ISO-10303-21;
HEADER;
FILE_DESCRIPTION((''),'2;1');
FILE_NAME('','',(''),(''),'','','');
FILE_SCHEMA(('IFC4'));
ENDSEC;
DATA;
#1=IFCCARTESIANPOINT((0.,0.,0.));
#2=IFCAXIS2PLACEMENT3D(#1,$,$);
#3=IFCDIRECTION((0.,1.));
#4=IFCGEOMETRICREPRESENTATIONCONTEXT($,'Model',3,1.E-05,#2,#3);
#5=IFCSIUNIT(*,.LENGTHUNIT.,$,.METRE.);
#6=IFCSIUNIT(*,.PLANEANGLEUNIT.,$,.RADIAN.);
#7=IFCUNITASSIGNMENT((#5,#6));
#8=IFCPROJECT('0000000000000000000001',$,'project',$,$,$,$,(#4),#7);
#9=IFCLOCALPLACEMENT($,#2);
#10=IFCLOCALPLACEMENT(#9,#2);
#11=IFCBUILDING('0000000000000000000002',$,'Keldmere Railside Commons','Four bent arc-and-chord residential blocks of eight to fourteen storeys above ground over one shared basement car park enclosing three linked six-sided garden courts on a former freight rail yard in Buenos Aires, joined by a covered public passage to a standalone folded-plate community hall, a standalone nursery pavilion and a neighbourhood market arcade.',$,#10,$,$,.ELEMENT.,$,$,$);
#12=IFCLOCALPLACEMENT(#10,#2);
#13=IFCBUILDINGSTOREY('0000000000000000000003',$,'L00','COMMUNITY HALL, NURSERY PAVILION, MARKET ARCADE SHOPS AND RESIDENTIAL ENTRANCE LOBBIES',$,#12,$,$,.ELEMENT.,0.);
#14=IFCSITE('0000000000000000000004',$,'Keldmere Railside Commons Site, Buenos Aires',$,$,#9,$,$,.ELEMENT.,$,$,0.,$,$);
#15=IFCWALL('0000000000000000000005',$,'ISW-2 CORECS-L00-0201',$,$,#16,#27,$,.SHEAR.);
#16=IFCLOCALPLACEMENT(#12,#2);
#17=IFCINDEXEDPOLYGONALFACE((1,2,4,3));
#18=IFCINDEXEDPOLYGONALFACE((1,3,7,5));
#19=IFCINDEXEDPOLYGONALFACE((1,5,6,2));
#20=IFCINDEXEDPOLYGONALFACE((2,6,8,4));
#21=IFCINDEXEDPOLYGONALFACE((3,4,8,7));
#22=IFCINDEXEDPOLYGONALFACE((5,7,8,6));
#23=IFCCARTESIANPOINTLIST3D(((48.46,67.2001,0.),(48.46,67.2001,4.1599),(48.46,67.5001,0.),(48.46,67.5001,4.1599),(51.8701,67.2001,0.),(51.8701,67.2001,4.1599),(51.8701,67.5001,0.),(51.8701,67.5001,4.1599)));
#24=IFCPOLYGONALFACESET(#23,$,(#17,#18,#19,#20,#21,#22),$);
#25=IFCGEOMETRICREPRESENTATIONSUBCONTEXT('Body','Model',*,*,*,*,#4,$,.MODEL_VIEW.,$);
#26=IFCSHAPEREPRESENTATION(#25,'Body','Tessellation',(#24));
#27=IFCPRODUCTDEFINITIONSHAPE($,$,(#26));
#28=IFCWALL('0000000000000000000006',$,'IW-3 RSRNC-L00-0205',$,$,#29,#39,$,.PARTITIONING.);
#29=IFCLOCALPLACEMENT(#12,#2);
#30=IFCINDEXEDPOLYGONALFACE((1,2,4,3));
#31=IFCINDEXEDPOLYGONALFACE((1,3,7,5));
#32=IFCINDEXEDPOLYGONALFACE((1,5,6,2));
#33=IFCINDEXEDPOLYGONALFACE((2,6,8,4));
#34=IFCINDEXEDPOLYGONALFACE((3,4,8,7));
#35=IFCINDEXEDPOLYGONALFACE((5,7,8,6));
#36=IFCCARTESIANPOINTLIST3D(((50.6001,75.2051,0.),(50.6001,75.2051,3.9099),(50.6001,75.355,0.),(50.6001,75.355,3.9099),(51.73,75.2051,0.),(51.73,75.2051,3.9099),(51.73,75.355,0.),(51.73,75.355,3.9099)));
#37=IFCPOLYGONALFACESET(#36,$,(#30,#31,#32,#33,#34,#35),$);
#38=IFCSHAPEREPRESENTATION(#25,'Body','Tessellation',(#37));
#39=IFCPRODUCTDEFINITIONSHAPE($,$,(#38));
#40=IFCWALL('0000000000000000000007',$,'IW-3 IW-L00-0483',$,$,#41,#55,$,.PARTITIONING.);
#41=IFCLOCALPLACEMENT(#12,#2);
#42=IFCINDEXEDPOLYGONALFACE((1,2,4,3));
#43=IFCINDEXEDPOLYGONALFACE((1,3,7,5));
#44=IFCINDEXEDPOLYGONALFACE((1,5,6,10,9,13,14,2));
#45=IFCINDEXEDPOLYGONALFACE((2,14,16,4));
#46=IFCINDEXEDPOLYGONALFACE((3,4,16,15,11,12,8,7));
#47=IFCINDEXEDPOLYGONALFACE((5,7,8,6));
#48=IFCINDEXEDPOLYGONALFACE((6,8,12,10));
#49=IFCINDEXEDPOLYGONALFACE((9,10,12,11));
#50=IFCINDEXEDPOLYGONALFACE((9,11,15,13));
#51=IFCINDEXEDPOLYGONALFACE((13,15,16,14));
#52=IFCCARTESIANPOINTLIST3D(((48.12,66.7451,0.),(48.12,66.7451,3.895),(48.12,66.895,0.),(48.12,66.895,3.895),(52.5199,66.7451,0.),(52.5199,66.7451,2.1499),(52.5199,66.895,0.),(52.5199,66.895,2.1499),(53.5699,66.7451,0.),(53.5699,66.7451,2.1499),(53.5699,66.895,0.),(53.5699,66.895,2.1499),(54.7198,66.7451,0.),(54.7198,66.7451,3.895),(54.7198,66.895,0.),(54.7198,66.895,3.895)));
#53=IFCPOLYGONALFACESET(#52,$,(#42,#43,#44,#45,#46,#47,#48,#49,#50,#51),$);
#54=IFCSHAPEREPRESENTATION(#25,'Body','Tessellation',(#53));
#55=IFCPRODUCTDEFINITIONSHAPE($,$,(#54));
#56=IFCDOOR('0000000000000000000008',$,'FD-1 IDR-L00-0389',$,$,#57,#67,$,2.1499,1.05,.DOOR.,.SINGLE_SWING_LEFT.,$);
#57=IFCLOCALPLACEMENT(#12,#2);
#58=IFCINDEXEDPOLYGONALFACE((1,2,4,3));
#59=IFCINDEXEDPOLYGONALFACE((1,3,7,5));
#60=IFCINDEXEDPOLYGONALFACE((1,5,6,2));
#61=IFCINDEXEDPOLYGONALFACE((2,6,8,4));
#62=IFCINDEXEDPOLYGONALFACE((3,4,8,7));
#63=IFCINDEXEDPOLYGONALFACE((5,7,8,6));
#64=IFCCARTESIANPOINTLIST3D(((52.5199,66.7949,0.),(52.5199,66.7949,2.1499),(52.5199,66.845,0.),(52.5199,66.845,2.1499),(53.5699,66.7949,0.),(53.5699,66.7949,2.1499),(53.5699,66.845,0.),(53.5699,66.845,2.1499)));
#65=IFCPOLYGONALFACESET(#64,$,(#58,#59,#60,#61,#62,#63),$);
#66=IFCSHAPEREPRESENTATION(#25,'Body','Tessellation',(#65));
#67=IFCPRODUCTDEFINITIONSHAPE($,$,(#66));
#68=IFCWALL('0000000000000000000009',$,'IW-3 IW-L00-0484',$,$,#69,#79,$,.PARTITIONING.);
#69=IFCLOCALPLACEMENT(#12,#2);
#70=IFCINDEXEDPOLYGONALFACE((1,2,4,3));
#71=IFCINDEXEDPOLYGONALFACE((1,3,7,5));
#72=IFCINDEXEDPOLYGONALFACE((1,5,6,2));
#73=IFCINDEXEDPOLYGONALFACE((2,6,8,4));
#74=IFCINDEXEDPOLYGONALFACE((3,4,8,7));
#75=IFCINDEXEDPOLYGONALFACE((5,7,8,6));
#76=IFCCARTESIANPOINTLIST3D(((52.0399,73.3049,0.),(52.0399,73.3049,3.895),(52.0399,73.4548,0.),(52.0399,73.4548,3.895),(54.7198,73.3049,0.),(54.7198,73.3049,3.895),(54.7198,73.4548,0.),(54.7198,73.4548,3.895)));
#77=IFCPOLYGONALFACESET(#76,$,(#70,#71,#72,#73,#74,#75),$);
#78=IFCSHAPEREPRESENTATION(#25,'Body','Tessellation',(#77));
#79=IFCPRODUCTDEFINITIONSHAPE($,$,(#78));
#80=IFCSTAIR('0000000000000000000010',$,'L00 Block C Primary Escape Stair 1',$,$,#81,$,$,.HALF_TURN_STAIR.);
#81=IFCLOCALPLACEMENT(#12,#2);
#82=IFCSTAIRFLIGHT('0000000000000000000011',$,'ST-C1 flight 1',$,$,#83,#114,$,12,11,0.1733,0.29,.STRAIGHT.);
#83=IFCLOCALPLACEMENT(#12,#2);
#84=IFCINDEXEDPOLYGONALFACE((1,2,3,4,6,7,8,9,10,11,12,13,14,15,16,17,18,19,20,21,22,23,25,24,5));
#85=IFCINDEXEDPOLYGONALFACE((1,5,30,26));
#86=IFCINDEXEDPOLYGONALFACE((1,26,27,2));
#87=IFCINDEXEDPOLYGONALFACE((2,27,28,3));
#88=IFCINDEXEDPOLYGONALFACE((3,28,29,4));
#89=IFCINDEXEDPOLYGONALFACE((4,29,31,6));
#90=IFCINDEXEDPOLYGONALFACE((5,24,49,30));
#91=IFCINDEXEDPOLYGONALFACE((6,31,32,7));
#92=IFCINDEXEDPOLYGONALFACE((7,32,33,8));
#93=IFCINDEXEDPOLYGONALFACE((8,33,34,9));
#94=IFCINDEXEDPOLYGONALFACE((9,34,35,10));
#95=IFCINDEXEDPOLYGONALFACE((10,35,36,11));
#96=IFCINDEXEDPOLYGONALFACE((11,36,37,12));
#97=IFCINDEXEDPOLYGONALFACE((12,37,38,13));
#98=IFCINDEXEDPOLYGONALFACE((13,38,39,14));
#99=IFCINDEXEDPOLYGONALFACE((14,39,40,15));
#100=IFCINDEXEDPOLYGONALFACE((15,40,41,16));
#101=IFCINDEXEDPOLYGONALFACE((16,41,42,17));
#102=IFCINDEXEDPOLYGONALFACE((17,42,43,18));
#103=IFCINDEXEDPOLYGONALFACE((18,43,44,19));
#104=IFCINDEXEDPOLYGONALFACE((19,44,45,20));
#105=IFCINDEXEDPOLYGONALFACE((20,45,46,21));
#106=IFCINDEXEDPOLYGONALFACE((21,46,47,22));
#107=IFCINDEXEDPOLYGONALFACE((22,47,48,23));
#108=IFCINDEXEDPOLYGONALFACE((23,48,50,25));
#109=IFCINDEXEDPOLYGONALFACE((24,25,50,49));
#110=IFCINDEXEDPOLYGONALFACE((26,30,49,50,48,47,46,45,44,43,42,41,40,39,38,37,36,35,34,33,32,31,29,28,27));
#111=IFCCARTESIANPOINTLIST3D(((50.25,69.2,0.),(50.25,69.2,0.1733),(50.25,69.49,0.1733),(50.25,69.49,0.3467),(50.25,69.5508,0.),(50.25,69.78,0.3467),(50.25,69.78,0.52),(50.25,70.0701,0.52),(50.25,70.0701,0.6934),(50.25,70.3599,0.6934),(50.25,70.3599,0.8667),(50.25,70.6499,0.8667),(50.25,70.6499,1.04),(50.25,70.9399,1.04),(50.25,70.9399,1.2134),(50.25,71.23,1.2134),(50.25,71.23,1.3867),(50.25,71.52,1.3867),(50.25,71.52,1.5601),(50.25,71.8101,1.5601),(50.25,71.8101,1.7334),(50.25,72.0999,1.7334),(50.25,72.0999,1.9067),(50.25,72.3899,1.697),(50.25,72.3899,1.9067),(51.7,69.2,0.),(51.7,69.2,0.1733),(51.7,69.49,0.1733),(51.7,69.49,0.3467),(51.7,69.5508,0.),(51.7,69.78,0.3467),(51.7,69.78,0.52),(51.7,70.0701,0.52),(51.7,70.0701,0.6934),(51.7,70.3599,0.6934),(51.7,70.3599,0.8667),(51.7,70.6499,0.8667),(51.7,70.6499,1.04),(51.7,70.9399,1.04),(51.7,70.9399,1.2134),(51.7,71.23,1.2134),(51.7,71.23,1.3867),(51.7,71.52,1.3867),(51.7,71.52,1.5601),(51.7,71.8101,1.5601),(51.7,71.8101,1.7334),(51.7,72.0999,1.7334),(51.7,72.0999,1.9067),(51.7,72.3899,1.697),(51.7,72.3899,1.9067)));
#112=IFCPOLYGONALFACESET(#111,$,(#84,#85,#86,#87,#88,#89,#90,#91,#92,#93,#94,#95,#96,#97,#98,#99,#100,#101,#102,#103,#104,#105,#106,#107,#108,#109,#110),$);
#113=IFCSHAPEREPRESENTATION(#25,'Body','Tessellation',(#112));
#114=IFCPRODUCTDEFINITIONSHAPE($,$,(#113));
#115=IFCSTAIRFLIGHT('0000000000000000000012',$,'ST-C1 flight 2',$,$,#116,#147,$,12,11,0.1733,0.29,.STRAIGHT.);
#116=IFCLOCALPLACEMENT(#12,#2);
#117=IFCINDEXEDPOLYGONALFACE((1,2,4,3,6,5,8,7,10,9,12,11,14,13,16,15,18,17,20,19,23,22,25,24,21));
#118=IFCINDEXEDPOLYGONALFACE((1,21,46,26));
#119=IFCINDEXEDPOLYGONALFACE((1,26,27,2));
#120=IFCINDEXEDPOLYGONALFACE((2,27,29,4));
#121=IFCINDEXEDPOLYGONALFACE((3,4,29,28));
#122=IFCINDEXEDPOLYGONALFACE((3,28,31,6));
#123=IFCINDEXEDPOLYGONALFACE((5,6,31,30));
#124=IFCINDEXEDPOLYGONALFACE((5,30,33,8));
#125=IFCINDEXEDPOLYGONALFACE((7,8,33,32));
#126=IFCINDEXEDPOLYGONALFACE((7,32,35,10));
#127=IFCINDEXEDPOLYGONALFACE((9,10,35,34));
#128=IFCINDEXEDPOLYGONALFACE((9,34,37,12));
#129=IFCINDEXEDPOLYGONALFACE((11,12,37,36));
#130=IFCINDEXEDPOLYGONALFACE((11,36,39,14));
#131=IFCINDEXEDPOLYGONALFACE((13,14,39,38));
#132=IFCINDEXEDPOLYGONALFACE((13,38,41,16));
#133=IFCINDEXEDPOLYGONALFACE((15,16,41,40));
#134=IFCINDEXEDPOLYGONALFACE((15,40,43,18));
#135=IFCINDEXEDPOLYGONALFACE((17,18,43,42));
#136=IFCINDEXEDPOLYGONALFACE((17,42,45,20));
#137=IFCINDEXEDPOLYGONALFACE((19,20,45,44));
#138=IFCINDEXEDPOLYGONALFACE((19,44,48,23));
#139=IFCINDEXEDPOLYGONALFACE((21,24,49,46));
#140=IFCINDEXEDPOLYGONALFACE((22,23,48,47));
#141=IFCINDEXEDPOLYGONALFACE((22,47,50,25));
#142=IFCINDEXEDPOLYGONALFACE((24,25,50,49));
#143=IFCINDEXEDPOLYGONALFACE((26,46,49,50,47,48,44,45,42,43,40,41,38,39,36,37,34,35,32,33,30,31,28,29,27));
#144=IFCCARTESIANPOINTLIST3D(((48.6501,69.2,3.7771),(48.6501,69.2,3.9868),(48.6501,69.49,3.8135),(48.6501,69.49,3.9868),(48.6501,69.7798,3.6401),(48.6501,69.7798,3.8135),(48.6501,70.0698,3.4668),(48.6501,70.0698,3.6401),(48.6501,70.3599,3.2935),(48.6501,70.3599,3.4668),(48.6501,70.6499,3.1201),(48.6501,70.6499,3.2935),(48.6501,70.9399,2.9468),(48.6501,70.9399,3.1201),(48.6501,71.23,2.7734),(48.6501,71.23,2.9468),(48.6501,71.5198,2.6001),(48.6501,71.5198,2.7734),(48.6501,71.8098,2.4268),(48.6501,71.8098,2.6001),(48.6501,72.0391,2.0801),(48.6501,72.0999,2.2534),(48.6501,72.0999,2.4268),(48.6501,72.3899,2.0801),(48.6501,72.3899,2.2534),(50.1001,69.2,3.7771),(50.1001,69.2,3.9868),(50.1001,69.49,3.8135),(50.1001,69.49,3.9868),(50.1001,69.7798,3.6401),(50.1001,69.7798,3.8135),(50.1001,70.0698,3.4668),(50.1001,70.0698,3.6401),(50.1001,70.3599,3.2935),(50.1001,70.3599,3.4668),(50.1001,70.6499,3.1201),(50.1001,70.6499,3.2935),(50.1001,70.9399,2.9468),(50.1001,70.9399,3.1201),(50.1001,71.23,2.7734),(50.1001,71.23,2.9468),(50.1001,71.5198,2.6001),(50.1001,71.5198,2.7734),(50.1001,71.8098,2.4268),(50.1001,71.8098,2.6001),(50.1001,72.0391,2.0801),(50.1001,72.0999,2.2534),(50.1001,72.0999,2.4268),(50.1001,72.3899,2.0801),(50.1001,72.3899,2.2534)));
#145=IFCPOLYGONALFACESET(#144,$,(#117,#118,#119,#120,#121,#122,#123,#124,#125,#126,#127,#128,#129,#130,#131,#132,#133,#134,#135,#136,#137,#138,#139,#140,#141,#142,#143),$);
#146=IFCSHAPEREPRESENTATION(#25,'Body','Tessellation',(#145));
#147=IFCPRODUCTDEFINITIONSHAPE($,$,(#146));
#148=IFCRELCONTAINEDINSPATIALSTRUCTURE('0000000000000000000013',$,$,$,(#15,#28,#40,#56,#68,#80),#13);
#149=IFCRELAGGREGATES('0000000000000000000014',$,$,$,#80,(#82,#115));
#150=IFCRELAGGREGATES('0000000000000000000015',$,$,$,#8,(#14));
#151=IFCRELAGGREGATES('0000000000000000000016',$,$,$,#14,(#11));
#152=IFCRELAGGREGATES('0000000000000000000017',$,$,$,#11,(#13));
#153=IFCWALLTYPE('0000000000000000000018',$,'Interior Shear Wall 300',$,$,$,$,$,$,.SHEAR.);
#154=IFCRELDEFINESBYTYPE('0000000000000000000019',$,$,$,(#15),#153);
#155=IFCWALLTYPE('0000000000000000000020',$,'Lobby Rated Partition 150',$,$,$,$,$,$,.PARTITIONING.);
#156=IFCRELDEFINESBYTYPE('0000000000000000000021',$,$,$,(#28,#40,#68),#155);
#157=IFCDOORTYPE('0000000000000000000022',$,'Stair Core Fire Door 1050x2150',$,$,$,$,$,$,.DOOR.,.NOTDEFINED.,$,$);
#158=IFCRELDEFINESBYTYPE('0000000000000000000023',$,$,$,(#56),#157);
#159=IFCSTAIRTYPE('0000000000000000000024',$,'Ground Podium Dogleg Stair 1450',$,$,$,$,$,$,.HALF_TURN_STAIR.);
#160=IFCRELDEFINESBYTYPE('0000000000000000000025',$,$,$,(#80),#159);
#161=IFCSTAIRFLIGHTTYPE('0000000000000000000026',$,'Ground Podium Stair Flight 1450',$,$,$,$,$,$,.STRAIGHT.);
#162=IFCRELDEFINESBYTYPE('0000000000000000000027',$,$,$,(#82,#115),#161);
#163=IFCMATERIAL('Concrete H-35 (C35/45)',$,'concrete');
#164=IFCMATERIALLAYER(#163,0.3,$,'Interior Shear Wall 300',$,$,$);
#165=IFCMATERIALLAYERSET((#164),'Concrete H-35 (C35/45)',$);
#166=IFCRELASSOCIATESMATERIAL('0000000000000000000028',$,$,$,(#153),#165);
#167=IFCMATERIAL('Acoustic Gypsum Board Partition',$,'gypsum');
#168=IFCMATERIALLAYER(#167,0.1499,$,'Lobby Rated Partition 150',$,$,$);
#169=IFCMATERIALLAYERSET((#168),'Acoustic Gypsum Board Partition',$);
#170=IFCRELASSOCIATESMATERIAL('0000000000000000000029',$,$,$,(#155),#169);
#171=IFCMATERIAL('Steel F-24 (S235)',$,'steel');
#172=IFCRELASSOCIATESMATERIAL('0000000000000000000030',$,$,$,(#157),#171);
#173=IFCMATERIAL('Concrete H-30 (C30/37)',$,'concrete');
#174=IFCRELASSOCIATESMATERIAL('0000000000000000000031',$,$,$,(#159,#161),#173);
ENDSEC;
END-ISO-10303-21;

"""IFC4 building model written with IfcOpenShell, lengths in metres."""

from ifc_helpers import new_model, si_unit, direction, frame, frame_2d, origin, place, context, subcontext, project, spatial, polyline, rectangle, outline, extrude, material, layer, layer_set, type_object, element, fill, aggregate, save


model = new_model("IFC4")

# Units and contexts
model_context = context("Model", 3, precision=1e-05, world=origin(), true_north=direction((0.0, 1.0)))
body_context = subcontext(model_context, "Body", "Model", "MODEL_VIEW")
ifc_project = project(units=[si_unit("LENGTHUNIT", "METRE"), si_unit("PLANEANGLEUNIT", "RADIAN")], contexts=[model_context])

# Site, building, storey
site_placement = place(None, origin())
site = spatial("IfcSite", under=ifc_project, at=site_placement, Name="Keldmere Railside Commons Site, Buenos Aires", CompositionType="ELEMENT", RefElevation=0.0)
building_placement = place(site_placement, origin())
building = spatial("IfcBuilding", under=site, at=building_placement, Name="Keldmere Railside Commons", Description="Four bent arc-and-chord residential blocks of eight to fourteen storeys above ground over one shared basement car park enclosing three linked six-sided garden courts on a former freight rail yard in Buenos Aires, joined by a covered public passage to a standalone folded-plate community hall, a standalone nursery pavilion and a neighbourhood market arcade.", CompositionType="ELEMENT")
storey_placement = place(building_placement, origin())
storey = spatial("IfcBuildingStorey", under=building, at=storey_placement, Name="L00", Description="COMMUNITY HALL, NURSERY PAVILION, MARKET ARCADE SHOPS AND RESIDENTIAL ENTRANCE LOBBIES", CompositionType="ELEMENT", Elevation=0.0)

# Shared definitions
ifc_material_1 = material(Name="Concrete H-35 (C35/45)", Category="concrete")

# Shared definitions
ifc_material_2 = material(Name="Steel F-24 (S235)", Category="steel")

# Walls
ifc_layer_1 = layer(ifc_material_1, 0.3, Name="Interior Shear Wall 300")
ifc_layer_set_1 = layer_set([ifc_layer_1], Name="Concrete H-35 (C35/45)")
wall_type_1 = type_object("IfcWallType", Name="Interior Shear Wall 300", PredefinedType="SHEAR", material=ifc_layer_set_1)
wall_1_placement = place(storey_placement, frame((51.8701, 67.3501, 0.0), z_axis=(0.0, 0.0, 1.0), x_axis=(-1.0, 0.0, 0.0)))
element("IfcWall", 1, at=wall_1_placement, inside=storey, type_object=wall_type_1, Name="ISW-2 CORECS-L00-0201", PredefinedType="SHEAR", context=body_context, shape_type="SweptSolid", body=[
    extrude(rectangle(XDim=3.4102, YDim=0.3, at=frame_2d((1.7051, 0.0))), origin(), (0.0, 0.0, 1.0), 4.1599),
])
ifc_material_3 = material(Name="Acoustic Gypsum Board Partition", Category="gypsum")
ifc_layer_2 = layer(ifc_material_3, 0.1499, Name="Lobby Rated Partition 150")
ifc_layer_set_2 = layer_set([ifc_layer_2], Name="Acoustic Gypsum Board Partition")
wall_type_2 = type_object("IfcWallType", Name="Lobby Rated Partition 150", PredefinedType="PARTITIONING", material=ifc_layer_set_2)
wall_2_placement = place(storey_placement, frame((50.6001, 75.28, 0.0), z_axis=(0.0, 0.0, 1.0), x_axis=(1.0, 0.0, 0.0)))
element("IfcWall", 2, at=wall_2_placement, inside=storey, type_object=wall_type_2, Name="IW-3 RSRNC-L00-0205", PredefinedType="PARTITIONING", context=body_context, shape_type="SweptSolid", body=[
    extrude(rectangle(XDim=1.1299, YDim=0.1499, at=frame_2d((0.5649, 0.0))), origin(), (0.0, 0.0, 1.0), 3.9099),
])

# Wall, opening, door
wall_3_placement = place(storey_placement, frame((48.1201, 66.8201, 0.0), z_axis=(0.0, 0.0, 1.0), x_axis=(1.0, 0.0, 0.0)))
wall_3 = element("IfcWall", 3, at=wall_3_placement, inside=storey, type_object=wall_type_2, Name="IW-3 IW-L00-0483", PredefinedType="PARTITIONING", context=body_context, shape_type="SweptSolid", body=[
    extrude(rectangle(XDim=6.5999, YDim=0.1499, at=frame_2d((3.2998, 0.0))), origin(), (0.0, 0.0, 1.0), 3.895),
])
opening_1_placement = place(wall_3_placement, frame((4.3999, 0.0, 0.0)))
opening_1 = element("IfcOpeningElement", 4, at=opening_1_placement, cuts=wall_3, PredefinedType="OPENING", context=body_context, shape_type="SweptSolid", body=[
    extrude(rectangle(XDim=1.05, YDim=2.1499, at=frame_2d((0.5249, 1.075))), frame((0.0, 0.085, 0.0), z_axis=(0.0, -1.0, 0.0), x_axis=(1.0, 0.0, 0.0)), (0.0, 0.0, 1.0), 0.1699),
])
door_type_1 = type_object("IfcDoorType", Name="Stair Core Fire Door 1050x2150", OperationType="NOTDEFINED", PredefinedType="DOOR", material=ifc_material_2)
door_1_placement = place(opening_1_placement, origin())
door_1 = element("IfcDoor", 5, at=door_1_placement, inside=storey, type_object=door_type_1, Name="FD-1 IDR-L00-0389", OperationType="SINGLE_SWING_LEFT", OverallHeight=2.1499, OverallWidth=1.05, PredefinedType="DOOR", context=body_context, shape_type="SweptSolid", body=[
    extrude(rectangle(XDim=1.05, YDim=2.1499, at=frame_2d((0.5249, 1.075))), frame((0.0, 0.0249, 0.0), z_axis=(0.0, -1.0, 0.0), x_axis=(1.0, 0.0, 0.0)), (0.0, 0.0, 1.0), 0.05),
])
fill(opening_1, door_1)

# Wall
wall_4_placement = place(storey_placement, frame((52.04, 73.3799, 0.0), z_axis=(0.0, 0.0, 1.0), x_axis=(1.0, 0.0, 0.0)))
element("IfcWall", 6, at=wall_4_placement, inside=storey, type_object=wall_type_2, Name="IW-3 IW-L00-0484", PredefinedType="PARTITIONING", context=body_context, shape_type="SweptSolid", body=[
    extrude(rectangle(XDim=2.6799, YDim=0.1499, at=frame_2d((1.3398, 0.0))), origin(), (0.0, 0.0, 1.0), 3.895),
])

# Stair, stair flights
ifc_material_4 = material(Name="Concrete H-30 (C30/37)", Category="concrete")
stair_type = type_object("IfcStairType", Name="Ground Podium Dogleg Stair 1450", PredefinedType="HALF_TURN_STAIR", material=ifc_material_4)
stair_placement = place(storey_placement, origin())
stair = element("IfcStair", 7, at=stair_placement, inside=storey, type_object=stair_type, Name="L00 Block C Primary Escape Stair 1", PredefinedType="HALF_TURN_STAIR")
stair_flight_type = type_object("IfcStairFlightType", Name="Ground Podium Stair Flight 1450", PredefinedType="STRAIGHT", material=ifc_material_4)
stair_flight_1_placement = place(storey_placement, frame((50.9751, 69.2, 0.0), z_axis=(0.0, 0.0, 1.0), x_axis=(0.0, 1.0, 0.0)))
stair_flight_1 = element("IfcStairFlight", 8, at=stair_flight_1_placement, type_object=stair_flight_type, Name="ST-C1 flight 1", NumberOfRisers=12, NumberOfTreads=11, PredefinedType="STRAIGHT", RiserHeight=0.1733, TreadLength=0.29, context=body_context, shape_type="SweptSolid", body=[
    extrude(outline(polyline([(0.0, 0.0), (0.0, 0.1733), (0.29, 0.1733), (0.29, 0.3467), (0.5801, 0.3467), (0.5801, 0.52), (0.8701, 0.52), (0.8701, 0.6934), (1.1599, 0.6934), (1.1599, 0.8667), (1.45, 0.8667), (1.45, 1.04), (1.74, 1.04), (1.74, 1.2134), (2.03, 1.2134), (2.03, 1.3867), (2.3201, 1.3867), (2.3201, 1.5601), (2.6101, 1.5601), (2.6101, 1.7334), (2.8999, 1.7334), (2.8999, 1.9067), (3.1899, 1.9067), (3.1899, 2.0801), (3.1899, 1.697), (0.3508, 0.0), (0.0, 0.0)])), frame((0.0, 0.7251, 0.0), z_axis=(0.0, -1.0, 0.0), x_axis=(1.0, 0.0, 0.0)), (0.0, 0.0, 1.0), 1.45),
])
stair_flight_2_placement = place(storey_placement, frame((49.375, 72.3899, 2.0801), z_axis=(0.0, 0.0, 1.0), x_axis=(0.0, -1.0, 0.0)))
stair_flight_2 = element("IfcStairFlight", 9, at=stair_flight_2_placement, type_object=stair_flight_type, Name="ST-C1 flight 2", NumberOfRisers=12, NumberOfTreads=11, PredefinedType="STRAIGHT", RiserHeight=0.1733, TreadLength=0.29, context=body_context, shape_type="SweptSolid", body=[
    extrude(outline(polyline([(0.0, 0.0), (0.0, 0.1733), (0.29, 0.1733), (0.29, 0.3467), (0.5801, 0.3467), (0.5801, 0.52), (0.8701, 0.52), (0.8701, 0.6934), (1.1599, 0.6934), (1.1599, 0.8667), (1.45, 0.8667), (1.45, 1.04), (1.74, 1.04), (1.74, 1.2134), (2.03, 1.2134), (2.03, 1.3867), (2.3201, 1.3867), (2.3201, 1.5601), (2.6101, 1.5601), (2.6101, 1.7334), (2.8999, 1.7334), (2.8999, 1.9067), (3.1899, 1.9067), (3.1899, 2.0801), (3.1899, 1.697), (0.3508, 0.0), (0.0, 0.0)])), frame((0.0, 0.7251, 0.0), z_axis=(0.0, -1.0, 0.0), x_axis=(1.0, 0.0, 0.0)), (0.0, 0.0, 1.0), 1.45),
])
aggregate(stair, [stair_flight_1, stair_flight_2])

save(model, "model.ifc")
